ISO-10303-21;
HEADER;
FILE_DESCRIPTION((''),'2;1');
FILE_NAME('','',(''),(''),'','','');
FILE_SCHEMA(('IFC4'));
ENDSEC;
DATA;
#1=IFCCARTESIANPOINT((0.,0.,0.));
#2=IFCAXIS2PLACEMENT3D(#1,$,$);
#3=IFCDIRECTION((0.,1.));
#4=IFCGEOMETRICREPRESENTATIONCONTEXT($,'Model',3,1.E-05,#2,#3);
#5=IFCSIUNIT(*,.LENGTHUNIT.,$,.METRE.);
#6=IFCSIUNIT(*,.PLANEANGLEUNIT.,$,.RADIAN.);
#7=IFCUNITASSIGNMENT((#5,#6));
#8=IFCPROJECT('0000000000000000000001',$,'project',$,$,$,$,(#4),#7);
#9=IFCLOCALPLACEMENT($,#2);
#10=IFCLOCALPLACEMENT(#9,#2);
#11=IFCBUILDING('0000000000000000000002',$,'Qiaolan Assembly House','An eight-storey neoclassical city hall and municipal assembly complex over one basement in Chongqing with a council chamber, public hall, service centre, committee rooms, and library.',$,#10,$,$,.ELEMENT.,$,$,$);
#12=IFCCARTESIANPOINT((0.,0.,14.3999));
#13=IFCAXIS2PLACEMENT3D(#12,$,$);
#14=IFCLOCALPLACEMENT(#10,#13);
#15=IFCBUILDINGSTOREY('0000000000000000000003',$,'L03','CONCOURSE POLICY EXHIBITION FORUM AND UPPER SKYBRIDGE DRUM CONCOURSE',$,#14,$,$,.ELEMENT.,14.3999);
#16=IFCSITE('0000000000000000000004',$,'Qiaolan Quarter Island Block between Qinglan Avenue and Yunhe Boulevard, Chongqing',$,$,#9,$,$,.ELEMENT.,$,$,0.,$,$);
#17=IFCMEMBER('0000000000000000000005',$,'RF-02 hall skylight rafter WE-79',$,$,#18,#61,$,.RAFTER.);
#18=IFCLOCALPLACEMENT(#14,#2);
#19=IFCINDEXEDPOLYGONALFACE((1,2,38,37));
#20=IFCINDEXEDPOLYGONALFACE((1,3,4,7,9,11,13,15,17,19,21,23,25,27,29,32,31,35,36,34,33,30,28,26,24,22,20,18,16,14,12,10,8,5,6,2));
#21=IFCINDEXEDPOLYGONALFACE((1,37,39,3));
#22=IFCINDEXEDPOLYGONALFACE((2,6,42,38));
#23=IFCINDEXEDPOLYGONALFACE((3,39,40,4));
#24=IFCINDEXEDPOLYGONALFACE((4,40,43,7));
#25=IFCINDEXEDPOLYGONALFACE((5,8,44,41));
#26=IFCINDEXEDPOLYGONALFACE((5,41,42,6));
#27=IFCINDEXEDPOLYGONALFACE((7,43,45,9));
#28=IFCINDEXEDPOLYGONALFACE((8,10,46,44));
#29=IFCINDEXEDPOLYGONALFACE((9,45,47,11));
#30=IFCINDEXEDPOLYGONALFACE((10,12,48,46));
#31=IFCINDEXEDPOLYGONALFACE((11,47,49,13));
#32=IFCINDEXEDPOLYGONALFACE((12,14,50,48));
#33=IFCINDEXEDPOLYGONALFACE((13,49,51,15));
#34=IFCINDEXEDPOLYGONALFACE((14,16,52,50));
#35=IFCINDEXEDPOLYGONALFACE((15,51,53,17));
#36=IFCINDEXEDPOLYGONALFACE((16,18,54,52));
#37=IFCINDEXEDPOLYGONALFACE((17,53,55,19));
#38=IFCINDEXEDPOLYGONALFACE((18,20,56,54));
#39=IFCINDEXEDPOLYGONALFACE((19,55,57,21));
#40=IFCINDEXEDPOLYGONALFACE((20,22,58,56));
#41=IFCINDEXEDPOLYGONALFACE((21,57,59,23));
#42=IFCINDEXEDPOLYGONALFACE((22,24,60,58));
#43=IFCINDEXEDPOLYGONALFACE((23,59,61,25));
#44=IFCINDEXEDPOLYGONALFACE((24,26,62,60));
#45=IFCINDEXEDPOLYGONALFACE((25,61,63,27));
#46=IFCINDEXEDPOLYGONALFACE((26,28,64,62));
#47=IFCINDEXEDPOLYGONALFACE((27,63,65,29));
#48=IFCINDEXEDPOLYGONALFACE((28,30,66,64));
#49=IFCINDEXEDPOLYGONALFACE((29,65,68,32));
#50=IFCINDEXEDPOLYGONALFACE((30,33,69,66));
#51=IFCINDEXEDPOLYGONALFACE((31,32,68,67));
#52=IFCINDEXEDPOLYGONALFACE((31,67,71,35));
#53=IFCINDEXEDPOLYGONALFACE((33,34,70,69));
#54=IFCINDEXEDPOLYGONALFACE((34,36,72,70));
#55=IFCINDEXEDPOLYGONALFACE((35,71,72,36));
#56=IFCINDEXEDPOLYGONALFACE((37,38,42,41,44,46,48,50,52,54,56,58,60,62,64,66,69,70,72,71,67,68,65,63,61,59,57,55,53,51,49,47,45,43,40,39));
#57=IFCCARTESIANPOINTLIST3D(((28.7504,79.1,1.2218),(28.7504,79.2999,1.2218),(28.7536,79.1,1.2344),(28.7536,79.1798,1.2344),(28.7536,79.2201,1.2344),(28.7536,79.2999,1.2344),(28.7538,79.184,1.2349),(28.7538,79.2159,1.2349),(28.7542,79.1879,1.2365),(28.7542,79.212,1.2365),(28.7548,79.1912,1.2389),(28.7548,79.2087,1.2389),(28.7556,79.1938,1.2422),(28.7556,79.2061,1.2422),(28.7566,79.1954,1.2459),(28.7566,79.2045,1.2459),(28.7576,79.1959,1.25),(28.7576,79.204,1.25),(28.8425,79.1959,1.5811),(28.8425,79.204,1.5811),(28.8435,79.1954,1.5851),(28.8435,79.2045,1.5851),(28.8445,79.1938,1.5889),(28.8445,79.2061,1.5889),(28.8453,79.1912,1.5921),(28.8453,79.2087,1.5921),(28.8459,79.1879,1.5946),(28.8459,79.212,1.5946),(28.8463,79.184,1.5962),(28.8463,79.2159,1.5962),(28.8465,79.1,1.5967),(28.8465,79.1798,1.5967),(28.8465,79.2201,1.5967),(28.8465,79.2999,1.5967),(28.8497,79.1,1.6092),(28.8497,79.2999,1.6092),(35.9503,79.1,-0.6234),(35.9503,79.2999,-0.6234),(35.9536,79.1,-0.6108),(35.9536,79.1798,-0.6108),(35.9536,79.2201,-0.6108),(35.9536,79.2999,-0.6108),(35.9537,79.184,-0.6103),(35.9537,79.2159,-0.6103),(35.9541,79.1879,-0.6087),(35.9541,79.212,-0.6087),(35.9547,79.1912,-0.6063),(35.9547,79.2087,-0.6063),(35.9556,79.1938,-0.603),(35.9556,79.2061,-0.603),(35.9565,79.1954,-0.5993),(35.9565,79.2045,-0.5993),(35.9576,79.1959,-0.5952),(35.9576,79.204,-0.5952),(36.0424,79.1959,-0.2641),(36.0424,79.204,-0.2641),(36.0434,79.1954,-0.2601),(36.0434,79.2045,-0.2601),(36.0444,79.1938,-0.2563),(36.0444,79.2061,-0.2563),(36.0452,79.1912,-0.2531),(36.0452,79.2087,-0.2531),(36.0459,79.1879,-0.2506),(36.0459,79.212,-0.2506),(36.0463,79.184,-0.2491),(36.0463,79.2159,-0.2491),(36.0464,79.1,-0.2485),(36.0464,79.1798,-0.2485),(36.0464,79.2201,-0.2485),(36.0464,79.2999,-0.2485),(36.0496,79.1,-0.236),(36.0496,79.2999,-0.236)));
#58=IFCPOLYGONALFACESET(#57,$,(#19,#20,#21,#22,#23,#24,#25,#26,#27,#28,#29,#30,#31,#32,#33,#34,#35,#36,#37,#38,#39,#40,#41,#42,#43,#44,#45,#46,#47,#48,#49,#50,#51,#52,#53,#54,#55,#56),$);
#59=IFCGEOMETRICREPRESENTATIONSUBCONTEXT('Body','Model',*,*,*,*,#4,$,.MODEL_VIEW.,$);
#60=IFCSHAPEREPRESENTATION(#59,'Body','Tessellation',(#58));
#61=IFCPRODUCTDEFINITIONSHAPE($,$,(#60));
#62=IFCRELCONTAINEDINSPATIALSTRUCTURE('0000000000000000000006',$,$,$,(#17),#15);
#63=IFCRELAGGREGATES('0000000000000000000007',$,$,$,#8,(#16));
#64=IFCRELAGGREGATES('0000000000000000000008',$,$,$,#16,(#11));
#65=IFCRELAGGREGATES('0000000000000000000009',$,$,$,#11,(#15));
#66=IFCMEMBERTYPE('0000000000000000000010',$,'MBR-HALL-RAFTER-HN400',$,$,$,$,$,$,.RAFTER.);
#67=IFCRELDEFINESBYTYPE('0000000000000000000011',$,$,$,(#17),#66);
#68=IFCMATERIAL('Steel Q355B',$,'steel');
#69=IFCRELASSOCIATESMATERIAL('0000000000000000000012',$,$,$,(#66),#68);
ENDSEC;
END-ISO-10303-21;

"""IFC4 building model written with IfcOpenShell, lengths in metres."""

from ifc_helpers import new_model, si_unit, direction, frame, origin, origin_2d, place, context, subcontext, project, spatial, i_section, extrude, material, material_profile, profile_set, type_object, element, save


model = new_model("IFC4")

# Units and contexts
model_context = context("Model", 3, precision=1e-05, world=origin(), true_north=direction((0.0, 1.0)))
body_context = subcontext(model_context, "Body", "Model", "MODEL_VIEW")
ifc_project = project(units=[si_unit("LENGTHUNIT", "METRE"), si_unit("PLANEANGLEUNIT", "RADIAN")], contexts=[model_context])

# Site, building, storey
site_placement = place(None, origin())
site = spatial("IfcSite", under=ifc_project, at=site_placement, Name="Qiaolan Quarter Island Block between Qinglan Avenue and Yunhe Boulevard, Chongqing", CompositionType="ELEMENT", RefElevation=0.0)
building_placement = place(site_placement, origin())
building = spatial("IfcBuilding", under=site, at=building_placement, Name="Qiaolan Assembly House", Description="An eight-storey neoclassical city hall and municipal assembly complex over one basement in Chongqing with a council chamber, public hall, service centre, committee rooms, and library.", CompositionType="ELEMENT")
storey_placement = place(building_placement, frame((0.0, 0.0, 14.3999)))
storey = spatial("IfcBuildingStorey", under=building, at=storey_placement, Name="L03", Description="CONCOURSE POLICY EXHIBITION FORUM AND UPPER SKYBRIDGE DRUM CONCOURSE", CompositionType="ELEMENT", Elevation=14.3999)

# Shared definitions
ifc_material_1 = material(Name="Steel Q355B", Category="steel")

# Member
ifc_material_profile_1 = material_profile(ifc_material_1, i_section(OverallWidth=0.2, OverallDepth=0.3999, WebThickness=0.0081, FlangeThickness=0.0129, FilletRadius=0.0161, at=origin_2d()), Name="HN 400x200x8x13-RF")
ifc_profile_set_1 = profile_set([ifc_material_profile_1], Name="Steel Q355B")
member_type = type_object("IfcMemberType", Name="MBR-HALL-RAFTER-HN400", PredefinedType="RAFTER", material=ifc_profile_set_1)
for number, where, z_axis, x_axis, name in (
    (1, (28.8, 79.2, 1.4155), (0.968694, 0.0, -0.248258), (0.0, 1.0, 0.0), "RF-02 hall skylight rafter WE-79"),
):
    element("IfcMember", number, at=place(storey_placement, frame(where, z_axis=z_axis, x_axis=x_axis)), inside=storey, type_object=member_type, Name=name, PredefinedType="RAFTER", context=body_context, shape_type="SweptSolid", body=[
        extrude(i_section(OverallWidth=0.2, OverallDepth=0.3999, WebThickness=0.0081, FlangeThickness=0.0129, FilletRadius=0.0161, at=origin_2d()), origin(), (0.0, 0.0, 1.0), 7.4326),
    ])

save(model, "model.ifc")
